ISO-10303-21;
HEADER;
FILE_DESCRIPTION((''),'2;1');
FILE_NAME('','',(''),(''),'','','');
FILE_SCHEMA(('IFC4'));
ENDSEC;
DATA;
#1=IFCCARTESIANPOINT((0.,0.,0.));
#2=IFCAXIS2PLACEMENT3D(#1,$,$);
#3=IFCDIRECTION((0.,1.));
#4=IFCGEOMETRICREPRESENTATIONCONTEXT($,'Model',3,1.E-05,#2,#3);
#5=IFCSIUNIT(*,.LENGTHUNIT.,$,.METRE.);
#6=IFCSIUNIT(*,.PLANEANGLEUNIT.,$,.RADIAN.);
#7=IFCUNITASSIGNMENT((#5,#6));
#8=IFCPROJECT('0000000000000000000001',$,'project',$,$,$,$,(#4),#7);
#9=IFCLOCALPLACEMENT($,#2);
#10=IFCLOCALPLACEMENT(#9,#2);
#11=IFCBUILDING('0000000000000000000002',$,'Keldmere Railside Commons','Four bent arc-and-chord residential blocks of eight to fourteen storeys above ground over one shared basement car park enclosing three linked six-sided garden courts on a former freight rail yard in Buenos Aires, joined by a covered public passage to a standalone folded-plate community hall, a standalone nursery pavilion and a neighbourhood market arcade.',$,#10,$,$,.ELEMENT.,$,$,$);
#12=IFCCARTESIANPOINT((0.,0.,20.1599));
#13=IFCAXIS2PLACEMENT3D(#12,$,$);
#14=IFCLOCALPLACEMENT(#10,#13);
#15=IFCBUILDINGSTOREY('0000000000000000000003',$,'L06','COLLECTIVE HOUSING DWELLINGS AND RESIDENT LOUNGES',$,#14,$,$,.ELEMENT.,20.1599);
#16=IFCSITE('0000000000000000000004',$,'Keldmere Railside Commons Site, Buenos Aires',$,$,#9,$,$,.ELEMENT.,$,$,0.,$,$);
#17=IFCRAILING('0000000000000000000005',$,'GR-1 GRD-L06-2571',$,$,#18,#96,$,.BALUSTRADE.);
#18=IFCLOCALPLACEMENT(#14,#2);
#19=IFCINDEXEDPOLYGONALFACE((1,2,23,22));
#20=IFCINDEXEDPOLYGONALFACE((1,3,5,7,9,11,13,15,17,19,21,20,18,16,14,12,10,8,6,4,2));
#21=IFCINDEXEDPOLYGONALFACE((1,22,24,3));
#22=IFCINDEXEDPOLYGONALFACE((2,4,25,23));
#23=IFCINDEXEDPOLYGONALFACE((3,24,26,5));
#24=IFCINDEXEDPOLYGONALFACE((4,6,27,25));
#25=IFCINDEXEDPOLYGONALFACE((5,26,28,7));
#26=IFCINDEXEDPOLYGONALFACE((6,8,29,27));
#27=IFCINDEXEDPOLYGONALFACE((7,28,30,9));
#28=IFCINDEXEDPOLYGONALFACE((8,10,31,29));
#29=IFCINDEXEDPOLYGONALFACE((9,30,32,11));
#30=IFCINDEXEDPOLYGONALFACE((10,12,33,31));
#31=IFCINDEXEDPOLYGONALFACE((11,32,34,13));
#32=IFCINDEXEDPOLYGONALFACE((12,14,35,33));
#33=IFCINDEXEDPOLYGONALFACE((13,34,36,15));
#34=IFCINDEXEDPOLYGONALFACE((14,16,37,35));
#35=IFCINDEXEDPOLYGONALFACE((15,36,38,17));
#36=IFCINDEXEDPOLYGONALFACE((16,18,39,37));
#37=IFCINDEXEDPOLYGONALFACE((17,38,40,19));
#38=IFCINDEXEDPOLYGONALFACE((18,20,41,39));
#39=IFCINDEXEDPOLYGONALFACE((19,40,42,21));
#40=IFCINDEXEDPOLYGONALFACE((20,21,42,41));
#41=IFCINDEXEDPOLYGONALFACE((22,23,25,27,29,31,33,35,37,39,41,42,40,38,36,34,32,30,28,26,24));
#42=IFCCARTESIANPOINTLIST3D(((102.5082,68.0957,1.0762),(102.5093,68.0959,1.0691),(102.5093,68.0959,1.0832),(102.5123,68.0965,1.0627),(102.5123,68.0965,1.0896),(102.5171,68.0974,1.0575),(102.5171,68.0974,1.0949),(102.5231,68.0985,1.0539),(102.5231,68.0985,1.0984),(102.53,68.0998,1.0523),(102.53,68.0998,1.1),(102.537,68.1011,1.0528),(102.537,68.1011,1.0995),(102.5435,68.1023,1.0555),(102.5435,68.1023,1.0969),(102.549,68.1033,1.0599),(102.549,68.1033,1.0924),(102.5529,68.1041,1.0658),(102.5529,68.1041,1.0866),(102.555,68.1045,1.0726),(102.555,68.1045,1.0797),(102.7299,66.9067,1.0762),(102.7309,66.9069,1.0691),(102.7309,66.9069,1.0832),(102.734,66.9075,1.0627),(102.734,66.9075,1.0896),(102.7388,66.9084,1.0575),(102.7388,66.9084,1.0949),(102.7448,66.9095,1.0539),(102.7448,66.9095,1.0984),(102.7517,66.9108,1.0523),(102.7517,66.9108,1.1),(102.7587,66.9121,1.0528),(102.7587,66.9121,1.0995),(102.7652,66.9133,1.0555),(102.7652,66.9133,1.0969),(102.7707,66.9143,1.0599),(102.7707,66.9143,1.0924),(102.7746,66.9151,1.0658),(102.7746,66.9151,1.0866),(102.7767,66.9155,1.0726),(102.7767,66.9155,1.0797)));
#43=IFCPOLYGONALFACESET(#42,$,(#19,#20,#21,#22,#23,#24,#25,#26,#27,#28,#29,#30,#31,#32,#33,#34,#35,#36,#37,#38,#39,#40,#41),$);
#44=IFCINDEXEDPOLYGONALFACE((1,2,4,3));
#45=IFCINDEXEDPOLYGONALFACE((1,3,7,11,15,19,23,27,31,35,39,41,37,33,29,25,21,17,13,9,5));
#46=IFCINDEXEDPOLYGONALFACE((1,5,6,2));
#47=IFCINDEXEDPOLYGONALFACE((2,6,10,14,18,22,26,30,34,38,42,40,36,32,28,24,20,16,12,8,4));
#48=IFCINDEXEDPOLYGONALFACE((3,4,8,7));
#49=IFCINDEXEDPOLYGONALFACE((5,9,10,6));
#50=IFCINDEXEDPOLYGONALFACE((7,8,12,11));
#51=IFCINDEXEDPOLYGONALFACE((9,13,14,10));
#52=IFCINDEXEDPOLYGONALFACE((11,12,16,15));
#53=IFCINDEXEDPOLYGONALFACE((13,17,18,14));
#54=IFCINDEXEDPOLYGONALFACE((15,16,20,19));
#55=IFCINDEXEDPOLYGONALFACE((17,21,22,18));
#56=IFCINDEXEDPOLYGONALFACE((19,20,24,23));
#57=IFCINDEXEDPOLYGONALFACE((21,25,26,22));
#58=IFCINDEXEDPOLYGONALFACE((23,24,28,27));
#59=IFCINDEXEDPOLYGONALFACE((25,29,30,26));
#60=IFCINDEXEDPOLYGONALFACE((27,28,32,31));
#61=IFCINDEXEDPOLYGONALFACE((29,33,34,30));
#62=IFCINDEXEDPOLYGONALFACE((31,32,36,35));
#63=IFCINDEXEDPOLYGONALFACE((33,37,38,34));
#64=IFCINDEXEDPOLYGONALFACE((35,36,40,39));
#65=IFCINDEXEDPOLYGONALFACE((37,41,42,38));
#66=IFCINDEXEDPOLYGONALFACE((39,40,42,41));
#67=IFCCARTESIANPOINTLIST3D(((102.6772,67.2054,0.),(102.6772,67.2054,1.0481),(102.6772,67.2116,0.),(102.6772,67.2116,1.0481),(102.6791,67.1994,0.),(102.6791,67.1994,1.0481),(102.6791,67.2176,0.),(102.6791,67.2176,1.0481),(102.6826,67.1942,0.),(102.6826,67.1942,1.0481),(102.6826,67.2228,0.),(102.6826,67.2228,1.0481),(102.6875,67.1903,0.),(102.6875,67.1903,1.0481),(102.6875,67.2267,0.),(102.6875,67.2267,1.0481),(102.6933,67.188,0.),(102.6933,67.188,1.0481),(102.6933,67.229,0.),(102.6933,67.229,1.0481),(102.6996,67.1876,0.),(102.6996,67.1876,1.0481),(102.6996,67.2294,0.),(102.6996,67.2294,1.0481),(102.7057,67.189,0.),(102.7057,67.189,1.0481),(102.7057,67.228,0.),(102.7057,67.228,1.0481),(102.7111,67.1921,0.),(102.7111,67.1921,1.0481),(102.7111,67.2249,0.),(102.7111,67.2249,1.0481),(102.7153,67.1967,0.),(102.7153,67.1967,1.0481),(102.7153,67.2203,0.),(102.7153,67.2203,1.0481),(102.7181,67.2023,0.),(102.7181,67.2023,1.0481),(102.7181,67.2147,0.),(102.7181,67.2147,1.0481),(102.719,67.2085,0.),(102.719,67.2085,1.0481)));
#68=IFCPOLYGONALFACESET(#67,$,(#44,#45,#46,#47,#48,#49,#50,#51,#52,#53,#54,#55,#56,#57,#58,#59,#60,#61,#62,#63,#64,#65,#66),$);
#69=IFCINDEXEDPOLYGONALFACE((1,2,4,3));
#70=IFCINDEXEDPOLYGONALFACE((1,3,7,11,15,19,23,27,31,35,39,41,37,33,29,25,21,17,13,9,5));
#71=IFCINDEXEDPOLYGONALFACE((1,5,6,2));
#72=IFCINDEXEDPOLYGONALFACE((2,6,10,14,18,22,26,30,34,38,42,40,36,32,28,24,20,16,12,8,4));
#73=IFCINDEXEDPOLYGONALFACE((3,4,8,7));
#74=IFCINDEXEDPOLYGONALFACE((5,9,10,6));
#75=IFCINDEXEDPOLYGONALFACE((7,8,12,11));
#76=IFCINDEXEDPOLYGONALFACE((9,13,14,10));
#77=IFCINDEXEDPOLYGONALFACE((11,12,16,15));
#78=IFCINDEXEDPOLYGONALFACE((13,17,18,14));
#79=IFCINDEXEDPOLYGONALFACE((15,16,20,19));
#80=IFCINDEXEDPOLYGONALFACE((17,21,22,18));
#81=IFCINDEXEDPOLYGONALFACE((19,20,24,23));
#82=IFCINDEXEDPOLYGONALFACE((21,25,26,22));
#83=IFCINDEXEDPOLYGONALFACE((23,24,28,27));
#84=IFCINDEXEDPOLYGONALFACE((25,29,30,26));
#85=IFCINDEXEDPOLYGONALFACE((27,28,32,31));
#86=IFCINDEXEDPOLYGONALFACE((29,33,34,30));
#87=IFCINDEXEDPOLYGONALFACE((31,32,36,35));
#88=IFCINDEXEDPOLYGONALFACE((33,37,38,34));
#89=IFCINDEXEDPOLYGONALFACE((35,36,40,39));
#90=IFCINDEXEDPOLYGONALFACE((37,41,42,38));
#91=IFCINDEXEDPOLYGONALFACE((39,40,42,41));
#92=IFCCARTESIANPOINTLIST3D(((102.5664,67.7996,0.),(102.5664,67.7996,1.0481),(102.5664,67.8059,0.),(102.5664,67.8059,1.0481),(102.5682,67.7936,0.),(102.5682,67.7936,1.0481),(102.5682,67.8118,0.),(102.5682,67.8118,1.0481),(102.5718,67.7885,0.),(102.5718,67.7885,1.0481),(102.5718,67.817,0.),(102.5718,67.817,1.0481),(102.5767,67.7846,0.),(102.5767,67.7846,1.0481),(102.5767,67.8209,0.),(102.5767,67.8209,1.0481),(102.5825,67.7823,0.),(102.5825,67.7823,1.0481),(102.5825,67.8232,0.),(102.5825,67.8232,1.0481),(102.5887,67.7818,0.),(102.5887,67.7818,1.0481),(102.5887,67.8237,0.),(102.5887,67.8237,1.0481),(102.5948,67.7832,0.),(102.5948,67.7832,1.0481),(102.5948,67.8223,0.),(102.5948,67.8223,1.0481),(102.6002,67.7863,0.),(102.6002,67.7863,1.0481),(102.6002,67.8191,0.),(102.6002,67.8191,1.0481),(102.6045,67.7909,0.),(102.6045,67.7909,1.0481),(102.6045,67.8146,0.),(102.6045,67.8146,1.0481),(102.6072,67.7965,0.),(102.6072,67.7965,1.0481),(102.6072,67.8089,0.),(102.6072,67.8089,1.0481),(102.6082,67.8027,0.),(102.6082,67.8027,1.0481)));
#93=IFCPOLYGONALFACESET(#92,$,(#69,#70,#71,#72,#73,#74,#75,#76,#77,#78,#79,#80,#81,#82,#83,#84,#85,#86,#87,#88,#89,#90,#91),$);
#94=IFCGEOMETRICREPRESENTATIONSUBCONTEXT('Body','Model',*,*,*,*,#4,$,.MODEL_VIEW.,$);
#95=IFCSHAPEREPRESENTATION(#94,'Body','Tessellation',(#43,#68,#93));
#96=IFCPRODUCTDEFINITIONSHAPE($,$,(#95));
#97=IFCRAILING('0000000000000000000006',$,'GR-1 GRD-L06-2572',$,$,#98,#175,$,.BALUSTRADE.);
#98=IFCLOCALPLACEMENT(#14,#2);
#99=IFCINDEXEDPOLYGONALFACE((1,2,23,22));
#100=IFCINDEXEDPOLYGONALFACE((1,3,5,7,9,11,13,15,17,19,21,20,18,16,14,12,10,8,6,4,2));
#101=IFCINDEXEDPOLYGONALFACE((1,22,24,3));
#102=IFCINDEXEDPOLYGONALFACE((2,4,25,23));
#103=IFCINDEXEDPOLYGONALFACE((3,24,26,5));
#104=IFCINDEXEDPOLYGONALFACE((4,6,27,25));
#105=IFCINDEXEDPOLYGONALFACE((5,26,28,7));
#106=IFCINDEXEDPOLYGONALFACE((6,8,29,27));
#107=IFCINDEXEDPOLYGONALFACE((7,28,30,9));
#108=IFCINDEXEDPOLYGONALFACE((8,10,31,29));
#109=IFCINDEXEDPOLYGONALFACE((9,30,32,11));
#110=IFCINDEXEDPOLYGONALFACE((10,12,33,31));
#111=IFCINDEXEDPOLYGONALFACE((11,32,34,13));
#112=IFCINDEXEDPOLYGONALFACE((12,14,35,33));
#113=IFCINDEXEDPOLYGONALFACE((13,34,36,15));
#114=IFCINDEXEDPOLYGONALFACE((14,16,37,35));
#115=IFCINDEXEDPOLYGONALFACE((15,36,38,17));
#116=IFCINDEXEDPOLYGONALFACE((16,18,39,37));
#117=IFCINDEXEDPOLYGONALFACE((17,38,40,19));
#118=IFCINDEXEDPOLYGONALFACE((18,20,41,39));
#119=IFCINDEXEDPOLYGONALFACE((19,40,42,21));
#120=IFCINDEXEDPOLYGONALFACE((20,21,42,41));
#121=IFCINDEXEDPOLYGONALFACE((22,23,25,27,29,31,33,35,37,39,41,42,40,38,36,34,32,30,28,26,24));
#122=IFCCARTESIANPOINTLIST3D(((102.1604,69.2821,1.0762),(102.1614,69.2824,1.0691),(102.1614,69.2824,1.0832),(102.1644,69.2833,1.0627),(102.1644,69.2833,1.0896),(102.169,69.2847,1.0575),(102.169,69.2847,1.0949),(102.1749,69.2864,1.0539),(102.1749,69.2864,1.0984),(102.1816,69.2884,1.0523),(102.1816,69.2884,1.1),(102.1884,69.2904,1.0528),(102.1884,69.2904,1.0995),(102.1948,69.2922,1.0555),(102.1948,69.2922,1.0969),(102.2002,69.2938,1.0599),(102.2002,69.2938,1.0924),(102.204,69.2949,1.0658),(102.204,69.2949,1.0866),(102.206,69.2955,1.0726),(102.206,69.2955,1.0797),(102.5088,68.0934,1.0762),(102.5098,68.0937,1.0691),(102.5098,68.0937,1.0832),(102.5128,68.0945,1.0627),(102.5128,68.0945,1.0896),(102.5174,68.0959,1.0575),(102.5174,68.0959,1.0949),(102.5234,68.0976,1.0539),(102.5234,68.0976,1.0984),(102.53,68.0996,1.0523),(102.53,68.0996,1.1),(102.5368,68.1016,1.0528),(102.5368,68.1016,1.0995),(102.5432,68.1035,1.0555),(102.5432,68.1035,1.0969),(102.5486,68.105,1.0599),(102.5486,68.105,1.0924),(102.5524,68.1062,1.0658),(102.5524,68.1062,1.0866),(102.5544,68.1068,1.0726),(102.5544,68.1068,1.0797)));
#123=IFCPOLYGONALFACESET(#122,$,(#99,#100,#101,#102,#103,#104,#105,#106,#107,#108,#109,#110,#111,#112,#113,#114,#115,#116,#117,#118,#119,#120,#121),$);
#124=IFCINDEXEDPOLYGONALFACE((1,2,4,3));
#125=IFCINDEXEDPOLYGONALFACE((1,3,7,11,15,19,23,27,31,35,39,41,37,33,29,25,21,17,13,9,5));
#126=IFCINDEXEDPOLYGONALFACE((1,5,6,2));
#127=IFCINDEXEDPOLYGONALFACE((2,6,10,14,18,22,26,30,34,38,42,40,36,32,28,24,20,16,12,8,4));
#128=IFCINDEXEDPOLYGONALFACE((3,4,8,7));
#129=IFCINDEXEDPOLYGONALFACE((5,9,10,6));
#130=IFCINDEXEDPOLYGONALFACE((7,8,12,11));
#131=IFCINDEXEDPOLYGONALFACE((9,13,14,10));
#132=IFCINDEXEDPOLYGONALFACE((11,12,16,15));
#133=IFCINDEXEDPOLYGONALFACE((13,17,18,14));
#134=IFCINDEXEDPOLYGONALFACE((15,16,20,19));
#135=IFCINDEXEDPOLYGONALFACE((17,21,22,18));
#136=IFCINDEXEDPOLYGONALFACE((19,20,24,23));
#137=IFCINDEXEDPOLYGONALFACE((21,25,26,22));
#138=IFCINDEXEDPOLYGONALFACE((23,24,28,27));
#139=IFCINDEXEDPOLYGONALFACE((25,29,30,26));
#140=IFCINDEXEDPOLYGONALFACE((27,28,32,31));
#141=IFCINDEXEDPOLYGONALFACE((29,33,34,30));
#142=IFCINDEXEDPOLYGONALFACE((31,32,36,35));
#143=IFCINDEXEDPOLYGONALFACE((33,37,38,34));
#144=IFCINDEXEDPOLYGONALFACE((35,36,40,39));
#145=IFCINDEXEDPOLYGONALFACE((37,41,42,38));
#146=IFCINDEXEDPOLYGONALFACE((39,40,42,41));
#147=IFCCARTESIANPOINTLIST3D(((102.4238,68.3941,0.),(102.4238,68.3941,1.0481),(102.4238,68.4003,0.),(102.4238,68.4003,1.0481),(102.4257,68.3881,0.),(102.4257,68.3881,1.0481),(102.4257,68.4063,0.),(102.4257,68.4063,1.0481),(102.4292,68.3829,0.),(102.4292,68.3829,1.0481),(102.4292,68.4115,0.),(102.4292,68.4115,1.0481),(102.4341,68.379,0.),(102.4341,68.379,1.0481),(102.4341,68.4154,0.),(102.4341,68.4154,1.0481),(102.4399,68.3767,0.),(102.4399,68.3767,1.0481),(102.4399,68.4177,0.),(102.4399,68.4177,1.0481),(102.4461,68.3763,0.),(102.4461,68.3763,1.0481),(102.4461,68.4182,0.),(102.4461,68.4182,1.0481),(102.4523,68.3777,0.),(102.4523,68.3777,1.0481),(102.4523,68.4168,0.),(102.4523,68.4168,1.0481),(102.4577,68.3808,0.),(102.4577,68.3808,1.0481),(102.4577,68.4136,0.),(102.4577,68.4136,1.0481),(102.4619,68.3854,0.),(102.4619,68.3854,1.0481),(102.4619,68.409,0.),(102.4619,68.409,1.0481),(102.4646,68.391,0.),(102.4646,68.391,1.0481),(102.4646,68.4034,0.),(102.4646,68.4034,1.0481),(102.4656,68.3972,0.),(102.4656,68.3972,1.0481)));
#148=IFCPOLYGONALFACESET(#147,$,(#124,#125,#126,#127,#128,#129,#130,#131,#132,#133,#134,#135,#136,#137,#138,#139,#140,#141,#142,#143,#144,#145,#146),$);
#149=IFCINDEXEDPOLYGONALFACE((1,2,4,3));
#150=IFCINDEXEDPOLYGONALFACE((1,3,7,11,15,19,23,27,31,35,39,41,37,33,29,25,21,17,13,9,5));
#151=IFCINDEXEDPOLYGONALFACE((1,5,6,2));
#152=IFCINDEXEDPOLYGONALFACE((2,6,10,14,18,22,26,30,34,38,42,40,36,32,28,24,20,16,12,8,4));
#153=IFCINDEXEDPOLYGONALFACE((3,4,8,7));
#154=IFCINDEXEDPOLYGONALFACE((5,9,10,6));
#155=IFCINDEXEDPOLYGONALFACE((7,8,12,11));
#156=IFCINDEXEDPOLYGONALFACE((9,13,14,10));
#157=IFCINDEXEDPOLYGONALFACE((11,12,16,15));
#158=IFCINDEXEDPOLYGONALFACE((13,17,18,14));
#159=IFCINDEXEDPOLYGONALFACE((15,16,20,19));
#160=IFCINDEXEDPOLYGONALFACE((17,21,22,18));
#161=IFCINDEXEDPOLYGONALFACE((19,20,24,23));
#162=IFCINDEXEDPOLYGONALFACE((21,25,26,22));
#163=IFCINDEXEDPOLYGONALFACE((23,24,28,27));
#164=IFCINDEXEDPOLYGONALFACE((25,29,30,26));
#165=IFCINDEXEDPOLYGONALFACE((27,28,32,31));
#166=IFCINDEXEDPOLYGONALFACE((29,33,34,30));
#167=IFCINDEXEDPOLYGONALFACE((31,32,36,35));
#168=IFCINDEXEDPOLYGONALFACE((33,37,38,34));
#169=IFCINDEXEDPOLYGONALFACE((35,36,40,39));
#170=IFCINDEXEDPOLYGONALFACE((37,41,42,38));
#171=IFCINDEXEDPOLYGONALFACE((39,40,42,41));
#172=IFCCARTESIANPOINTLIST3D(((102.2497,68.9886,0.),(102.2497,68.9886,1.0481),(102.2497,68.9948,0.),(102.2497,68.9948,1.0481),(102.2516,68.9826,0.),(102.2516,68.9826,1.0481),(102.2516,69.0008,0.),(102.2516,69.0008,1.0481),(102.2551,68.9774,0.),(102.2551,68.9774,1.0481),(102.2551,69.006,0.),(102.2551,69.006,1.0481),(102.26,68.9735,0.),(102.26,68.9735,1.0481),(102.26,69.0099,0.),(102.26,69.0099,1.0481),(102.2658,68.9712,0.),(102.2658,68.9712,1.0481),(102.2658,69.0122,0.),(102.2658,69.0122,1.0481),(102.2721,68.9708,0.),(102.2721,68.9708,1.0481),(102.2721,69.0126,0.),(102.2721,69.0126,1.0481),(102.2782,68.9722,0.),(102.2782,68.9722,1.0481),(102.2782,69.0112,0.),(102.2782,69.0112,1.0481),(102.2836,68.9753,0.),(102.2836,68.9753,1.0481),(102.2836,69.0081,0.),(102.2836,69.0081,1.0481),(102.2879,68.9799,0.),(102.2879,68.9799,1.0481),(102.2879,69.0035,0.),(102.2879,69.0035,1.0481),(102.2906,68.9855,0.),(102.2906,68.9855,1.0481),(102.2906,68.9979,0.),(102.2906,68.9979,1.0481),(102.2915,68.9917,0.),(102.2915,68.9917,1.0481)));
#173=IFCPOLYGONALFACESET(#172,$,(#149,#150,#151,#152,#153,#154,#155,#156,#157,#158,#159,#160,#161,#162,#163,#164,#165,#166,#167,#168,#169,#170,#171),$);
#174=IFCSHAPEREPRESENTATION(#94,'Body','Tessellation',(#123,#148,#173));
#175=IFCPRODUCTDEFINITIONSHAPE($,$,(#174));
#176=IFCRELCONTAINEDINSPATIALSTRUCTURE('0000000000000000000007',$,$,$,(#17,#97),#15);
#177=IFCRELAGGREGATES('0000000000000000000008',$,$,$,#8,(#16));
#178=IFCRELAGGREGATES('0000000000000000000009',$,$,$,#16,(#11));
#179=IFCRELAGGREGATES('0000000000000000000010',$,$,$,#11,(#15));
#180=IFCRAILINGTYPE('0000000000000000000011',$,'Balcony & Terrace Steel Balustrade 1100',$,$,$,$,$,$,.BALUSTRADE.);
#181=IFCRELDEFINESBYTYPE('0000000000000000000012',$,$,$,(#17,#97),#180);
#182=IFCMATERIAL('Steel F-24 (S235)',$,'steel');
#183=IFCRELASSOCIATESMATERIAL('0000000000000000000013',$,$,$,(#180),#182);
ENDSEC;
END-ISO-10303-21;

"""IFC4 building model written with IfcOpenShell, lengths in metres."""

from ifc_helpers import new_model, si_unit, direction, frame, origin, origin_2d, place, context, subcontext, project, spatial, circle, extrude, material, type_object, element, save


model = new_model("IFC4")

# Units and contexts
model_context = context("Model", 3, precision=1e-05, world=origin(), true_north=direction((0.0, 1.0)))
body_context = subcontext(model_context, "Body", "Model", "MODEL_VIEW")
ifc_project = project(units=[si_unit("LENGTHUNIT", "METRE"), si_unit("PLANEANGLEUNIT", "RADIAN")], contexts=[model_context])

# Site, building, storey
site_placement = place(None, origin())
site = spatial("IfcSite", under=ifc_project, at=site_placement, Name="Keldmere Railside Commons Site, Buenos Aires", CompositionType="ELEMENT", RefElevation=0.0)
building_placement = place(site_placement, origin())
building = spatial("IfcBuilding", under=site, at=building_placement, Name="Keldmere Railside Commons", Description="Four bent arc-and-chord residential blocks of eight to fourteen storeys above ground over one shared basement car park enclosing three linked six-sided garden courts on a former freight rail yard in Buenos Aires, joined by a covered public passage to a standalone folded-plate community hall, a standalone nursery pavilion and a neighbourhood market arcade.", CompositionType="ELEMENT")
storey_placement = place(building_placement, frame((0.0, 0.0, 20.1599)))
storey = spatial("IfcBuildingStorey", under=building, at=storey_placement, Name="L06", Description="COLLECTIVE HOUSING DWELLINGS AND RESIDENT LOUNGES", CompositionType="ELEMENT", Elevation=20.1599)

# Shared definitions
ifc_material_1 = material(Name="Steel F-24 (S235)", Category="steel")

# Railings
railing_type_1 = type_object("IfcRailingType", Name="Balcony & Terrace Steel Balustrade 1100", PredefinedType="BALUSTRADE", material=ifc_material_1)
railing_1_placement = place(storey_placement, frame((102.7534, 66.9111, 0.0)))
element("IfcRailing", 1, at=railing_1_placement, inside=storey, type_object=railing_type_1, Name="GR-1 GRD-L06-2571", PredefinedType="BALUSTRADE", context=body_context, shape_type="SweptSolid", body=[
    extrude(circle(Radius=0.0239, at=origin_2d()), frame((0.0, 0.0, 1.0762), z_axis=(-0.183289, 0.983059, 0.0), x_axis=(-0.983059, -0.183289, 0.0)), (0.0, 0.0, 1.0), 1.2095),
    extrude(circle(Radius=0.021, at=origin_2d()), frame((-0.0554, 0.2974, 0.0)), (0.0, 0.0, 1.0), 1.0481),
    extrude(circle(Radius=0.021, at=origin_2d()), frame((-0.1663, 0.8916, 0.0)), (0.0, 0.0, 1.0), 1.0481),
])
railing_2_placement = place(storey_placement, frame((102.5317, 68.1001, 0.0)))
element("IfcRailing", 2, at=railing_2_placement, inside=storey, type_object=railing_type_1, Name="GR-1 GRD-L06-2572", PredefinedType="BALUSTRADE", context=body_context, shape_type="SweptSolid", body=[
    extrude(circle(Radius=0.0239, at=origin_2d()), frame((0.0, 0.0, 1.0762), z_axis=(-0.281249, 0.959635, 0.0), x_axis=(-0.959635, -0.281249, 0.0)), (0.0, 0.0, 1.0), 1.2388),
    extrude(circle(Radius=0.021, at=origin_2d()), frame((-0.0872, 0.2971, 0.0)), (0.0, 0.0, 1.0), 1.0481),
    extrude(circle(Radius=0.021, at=origin_2d()), frame((-0.2612, 0.8916, 0.0)), (0.0, 0.0, 1.0), 1.0481),
])

save(model, "model.ifc")
